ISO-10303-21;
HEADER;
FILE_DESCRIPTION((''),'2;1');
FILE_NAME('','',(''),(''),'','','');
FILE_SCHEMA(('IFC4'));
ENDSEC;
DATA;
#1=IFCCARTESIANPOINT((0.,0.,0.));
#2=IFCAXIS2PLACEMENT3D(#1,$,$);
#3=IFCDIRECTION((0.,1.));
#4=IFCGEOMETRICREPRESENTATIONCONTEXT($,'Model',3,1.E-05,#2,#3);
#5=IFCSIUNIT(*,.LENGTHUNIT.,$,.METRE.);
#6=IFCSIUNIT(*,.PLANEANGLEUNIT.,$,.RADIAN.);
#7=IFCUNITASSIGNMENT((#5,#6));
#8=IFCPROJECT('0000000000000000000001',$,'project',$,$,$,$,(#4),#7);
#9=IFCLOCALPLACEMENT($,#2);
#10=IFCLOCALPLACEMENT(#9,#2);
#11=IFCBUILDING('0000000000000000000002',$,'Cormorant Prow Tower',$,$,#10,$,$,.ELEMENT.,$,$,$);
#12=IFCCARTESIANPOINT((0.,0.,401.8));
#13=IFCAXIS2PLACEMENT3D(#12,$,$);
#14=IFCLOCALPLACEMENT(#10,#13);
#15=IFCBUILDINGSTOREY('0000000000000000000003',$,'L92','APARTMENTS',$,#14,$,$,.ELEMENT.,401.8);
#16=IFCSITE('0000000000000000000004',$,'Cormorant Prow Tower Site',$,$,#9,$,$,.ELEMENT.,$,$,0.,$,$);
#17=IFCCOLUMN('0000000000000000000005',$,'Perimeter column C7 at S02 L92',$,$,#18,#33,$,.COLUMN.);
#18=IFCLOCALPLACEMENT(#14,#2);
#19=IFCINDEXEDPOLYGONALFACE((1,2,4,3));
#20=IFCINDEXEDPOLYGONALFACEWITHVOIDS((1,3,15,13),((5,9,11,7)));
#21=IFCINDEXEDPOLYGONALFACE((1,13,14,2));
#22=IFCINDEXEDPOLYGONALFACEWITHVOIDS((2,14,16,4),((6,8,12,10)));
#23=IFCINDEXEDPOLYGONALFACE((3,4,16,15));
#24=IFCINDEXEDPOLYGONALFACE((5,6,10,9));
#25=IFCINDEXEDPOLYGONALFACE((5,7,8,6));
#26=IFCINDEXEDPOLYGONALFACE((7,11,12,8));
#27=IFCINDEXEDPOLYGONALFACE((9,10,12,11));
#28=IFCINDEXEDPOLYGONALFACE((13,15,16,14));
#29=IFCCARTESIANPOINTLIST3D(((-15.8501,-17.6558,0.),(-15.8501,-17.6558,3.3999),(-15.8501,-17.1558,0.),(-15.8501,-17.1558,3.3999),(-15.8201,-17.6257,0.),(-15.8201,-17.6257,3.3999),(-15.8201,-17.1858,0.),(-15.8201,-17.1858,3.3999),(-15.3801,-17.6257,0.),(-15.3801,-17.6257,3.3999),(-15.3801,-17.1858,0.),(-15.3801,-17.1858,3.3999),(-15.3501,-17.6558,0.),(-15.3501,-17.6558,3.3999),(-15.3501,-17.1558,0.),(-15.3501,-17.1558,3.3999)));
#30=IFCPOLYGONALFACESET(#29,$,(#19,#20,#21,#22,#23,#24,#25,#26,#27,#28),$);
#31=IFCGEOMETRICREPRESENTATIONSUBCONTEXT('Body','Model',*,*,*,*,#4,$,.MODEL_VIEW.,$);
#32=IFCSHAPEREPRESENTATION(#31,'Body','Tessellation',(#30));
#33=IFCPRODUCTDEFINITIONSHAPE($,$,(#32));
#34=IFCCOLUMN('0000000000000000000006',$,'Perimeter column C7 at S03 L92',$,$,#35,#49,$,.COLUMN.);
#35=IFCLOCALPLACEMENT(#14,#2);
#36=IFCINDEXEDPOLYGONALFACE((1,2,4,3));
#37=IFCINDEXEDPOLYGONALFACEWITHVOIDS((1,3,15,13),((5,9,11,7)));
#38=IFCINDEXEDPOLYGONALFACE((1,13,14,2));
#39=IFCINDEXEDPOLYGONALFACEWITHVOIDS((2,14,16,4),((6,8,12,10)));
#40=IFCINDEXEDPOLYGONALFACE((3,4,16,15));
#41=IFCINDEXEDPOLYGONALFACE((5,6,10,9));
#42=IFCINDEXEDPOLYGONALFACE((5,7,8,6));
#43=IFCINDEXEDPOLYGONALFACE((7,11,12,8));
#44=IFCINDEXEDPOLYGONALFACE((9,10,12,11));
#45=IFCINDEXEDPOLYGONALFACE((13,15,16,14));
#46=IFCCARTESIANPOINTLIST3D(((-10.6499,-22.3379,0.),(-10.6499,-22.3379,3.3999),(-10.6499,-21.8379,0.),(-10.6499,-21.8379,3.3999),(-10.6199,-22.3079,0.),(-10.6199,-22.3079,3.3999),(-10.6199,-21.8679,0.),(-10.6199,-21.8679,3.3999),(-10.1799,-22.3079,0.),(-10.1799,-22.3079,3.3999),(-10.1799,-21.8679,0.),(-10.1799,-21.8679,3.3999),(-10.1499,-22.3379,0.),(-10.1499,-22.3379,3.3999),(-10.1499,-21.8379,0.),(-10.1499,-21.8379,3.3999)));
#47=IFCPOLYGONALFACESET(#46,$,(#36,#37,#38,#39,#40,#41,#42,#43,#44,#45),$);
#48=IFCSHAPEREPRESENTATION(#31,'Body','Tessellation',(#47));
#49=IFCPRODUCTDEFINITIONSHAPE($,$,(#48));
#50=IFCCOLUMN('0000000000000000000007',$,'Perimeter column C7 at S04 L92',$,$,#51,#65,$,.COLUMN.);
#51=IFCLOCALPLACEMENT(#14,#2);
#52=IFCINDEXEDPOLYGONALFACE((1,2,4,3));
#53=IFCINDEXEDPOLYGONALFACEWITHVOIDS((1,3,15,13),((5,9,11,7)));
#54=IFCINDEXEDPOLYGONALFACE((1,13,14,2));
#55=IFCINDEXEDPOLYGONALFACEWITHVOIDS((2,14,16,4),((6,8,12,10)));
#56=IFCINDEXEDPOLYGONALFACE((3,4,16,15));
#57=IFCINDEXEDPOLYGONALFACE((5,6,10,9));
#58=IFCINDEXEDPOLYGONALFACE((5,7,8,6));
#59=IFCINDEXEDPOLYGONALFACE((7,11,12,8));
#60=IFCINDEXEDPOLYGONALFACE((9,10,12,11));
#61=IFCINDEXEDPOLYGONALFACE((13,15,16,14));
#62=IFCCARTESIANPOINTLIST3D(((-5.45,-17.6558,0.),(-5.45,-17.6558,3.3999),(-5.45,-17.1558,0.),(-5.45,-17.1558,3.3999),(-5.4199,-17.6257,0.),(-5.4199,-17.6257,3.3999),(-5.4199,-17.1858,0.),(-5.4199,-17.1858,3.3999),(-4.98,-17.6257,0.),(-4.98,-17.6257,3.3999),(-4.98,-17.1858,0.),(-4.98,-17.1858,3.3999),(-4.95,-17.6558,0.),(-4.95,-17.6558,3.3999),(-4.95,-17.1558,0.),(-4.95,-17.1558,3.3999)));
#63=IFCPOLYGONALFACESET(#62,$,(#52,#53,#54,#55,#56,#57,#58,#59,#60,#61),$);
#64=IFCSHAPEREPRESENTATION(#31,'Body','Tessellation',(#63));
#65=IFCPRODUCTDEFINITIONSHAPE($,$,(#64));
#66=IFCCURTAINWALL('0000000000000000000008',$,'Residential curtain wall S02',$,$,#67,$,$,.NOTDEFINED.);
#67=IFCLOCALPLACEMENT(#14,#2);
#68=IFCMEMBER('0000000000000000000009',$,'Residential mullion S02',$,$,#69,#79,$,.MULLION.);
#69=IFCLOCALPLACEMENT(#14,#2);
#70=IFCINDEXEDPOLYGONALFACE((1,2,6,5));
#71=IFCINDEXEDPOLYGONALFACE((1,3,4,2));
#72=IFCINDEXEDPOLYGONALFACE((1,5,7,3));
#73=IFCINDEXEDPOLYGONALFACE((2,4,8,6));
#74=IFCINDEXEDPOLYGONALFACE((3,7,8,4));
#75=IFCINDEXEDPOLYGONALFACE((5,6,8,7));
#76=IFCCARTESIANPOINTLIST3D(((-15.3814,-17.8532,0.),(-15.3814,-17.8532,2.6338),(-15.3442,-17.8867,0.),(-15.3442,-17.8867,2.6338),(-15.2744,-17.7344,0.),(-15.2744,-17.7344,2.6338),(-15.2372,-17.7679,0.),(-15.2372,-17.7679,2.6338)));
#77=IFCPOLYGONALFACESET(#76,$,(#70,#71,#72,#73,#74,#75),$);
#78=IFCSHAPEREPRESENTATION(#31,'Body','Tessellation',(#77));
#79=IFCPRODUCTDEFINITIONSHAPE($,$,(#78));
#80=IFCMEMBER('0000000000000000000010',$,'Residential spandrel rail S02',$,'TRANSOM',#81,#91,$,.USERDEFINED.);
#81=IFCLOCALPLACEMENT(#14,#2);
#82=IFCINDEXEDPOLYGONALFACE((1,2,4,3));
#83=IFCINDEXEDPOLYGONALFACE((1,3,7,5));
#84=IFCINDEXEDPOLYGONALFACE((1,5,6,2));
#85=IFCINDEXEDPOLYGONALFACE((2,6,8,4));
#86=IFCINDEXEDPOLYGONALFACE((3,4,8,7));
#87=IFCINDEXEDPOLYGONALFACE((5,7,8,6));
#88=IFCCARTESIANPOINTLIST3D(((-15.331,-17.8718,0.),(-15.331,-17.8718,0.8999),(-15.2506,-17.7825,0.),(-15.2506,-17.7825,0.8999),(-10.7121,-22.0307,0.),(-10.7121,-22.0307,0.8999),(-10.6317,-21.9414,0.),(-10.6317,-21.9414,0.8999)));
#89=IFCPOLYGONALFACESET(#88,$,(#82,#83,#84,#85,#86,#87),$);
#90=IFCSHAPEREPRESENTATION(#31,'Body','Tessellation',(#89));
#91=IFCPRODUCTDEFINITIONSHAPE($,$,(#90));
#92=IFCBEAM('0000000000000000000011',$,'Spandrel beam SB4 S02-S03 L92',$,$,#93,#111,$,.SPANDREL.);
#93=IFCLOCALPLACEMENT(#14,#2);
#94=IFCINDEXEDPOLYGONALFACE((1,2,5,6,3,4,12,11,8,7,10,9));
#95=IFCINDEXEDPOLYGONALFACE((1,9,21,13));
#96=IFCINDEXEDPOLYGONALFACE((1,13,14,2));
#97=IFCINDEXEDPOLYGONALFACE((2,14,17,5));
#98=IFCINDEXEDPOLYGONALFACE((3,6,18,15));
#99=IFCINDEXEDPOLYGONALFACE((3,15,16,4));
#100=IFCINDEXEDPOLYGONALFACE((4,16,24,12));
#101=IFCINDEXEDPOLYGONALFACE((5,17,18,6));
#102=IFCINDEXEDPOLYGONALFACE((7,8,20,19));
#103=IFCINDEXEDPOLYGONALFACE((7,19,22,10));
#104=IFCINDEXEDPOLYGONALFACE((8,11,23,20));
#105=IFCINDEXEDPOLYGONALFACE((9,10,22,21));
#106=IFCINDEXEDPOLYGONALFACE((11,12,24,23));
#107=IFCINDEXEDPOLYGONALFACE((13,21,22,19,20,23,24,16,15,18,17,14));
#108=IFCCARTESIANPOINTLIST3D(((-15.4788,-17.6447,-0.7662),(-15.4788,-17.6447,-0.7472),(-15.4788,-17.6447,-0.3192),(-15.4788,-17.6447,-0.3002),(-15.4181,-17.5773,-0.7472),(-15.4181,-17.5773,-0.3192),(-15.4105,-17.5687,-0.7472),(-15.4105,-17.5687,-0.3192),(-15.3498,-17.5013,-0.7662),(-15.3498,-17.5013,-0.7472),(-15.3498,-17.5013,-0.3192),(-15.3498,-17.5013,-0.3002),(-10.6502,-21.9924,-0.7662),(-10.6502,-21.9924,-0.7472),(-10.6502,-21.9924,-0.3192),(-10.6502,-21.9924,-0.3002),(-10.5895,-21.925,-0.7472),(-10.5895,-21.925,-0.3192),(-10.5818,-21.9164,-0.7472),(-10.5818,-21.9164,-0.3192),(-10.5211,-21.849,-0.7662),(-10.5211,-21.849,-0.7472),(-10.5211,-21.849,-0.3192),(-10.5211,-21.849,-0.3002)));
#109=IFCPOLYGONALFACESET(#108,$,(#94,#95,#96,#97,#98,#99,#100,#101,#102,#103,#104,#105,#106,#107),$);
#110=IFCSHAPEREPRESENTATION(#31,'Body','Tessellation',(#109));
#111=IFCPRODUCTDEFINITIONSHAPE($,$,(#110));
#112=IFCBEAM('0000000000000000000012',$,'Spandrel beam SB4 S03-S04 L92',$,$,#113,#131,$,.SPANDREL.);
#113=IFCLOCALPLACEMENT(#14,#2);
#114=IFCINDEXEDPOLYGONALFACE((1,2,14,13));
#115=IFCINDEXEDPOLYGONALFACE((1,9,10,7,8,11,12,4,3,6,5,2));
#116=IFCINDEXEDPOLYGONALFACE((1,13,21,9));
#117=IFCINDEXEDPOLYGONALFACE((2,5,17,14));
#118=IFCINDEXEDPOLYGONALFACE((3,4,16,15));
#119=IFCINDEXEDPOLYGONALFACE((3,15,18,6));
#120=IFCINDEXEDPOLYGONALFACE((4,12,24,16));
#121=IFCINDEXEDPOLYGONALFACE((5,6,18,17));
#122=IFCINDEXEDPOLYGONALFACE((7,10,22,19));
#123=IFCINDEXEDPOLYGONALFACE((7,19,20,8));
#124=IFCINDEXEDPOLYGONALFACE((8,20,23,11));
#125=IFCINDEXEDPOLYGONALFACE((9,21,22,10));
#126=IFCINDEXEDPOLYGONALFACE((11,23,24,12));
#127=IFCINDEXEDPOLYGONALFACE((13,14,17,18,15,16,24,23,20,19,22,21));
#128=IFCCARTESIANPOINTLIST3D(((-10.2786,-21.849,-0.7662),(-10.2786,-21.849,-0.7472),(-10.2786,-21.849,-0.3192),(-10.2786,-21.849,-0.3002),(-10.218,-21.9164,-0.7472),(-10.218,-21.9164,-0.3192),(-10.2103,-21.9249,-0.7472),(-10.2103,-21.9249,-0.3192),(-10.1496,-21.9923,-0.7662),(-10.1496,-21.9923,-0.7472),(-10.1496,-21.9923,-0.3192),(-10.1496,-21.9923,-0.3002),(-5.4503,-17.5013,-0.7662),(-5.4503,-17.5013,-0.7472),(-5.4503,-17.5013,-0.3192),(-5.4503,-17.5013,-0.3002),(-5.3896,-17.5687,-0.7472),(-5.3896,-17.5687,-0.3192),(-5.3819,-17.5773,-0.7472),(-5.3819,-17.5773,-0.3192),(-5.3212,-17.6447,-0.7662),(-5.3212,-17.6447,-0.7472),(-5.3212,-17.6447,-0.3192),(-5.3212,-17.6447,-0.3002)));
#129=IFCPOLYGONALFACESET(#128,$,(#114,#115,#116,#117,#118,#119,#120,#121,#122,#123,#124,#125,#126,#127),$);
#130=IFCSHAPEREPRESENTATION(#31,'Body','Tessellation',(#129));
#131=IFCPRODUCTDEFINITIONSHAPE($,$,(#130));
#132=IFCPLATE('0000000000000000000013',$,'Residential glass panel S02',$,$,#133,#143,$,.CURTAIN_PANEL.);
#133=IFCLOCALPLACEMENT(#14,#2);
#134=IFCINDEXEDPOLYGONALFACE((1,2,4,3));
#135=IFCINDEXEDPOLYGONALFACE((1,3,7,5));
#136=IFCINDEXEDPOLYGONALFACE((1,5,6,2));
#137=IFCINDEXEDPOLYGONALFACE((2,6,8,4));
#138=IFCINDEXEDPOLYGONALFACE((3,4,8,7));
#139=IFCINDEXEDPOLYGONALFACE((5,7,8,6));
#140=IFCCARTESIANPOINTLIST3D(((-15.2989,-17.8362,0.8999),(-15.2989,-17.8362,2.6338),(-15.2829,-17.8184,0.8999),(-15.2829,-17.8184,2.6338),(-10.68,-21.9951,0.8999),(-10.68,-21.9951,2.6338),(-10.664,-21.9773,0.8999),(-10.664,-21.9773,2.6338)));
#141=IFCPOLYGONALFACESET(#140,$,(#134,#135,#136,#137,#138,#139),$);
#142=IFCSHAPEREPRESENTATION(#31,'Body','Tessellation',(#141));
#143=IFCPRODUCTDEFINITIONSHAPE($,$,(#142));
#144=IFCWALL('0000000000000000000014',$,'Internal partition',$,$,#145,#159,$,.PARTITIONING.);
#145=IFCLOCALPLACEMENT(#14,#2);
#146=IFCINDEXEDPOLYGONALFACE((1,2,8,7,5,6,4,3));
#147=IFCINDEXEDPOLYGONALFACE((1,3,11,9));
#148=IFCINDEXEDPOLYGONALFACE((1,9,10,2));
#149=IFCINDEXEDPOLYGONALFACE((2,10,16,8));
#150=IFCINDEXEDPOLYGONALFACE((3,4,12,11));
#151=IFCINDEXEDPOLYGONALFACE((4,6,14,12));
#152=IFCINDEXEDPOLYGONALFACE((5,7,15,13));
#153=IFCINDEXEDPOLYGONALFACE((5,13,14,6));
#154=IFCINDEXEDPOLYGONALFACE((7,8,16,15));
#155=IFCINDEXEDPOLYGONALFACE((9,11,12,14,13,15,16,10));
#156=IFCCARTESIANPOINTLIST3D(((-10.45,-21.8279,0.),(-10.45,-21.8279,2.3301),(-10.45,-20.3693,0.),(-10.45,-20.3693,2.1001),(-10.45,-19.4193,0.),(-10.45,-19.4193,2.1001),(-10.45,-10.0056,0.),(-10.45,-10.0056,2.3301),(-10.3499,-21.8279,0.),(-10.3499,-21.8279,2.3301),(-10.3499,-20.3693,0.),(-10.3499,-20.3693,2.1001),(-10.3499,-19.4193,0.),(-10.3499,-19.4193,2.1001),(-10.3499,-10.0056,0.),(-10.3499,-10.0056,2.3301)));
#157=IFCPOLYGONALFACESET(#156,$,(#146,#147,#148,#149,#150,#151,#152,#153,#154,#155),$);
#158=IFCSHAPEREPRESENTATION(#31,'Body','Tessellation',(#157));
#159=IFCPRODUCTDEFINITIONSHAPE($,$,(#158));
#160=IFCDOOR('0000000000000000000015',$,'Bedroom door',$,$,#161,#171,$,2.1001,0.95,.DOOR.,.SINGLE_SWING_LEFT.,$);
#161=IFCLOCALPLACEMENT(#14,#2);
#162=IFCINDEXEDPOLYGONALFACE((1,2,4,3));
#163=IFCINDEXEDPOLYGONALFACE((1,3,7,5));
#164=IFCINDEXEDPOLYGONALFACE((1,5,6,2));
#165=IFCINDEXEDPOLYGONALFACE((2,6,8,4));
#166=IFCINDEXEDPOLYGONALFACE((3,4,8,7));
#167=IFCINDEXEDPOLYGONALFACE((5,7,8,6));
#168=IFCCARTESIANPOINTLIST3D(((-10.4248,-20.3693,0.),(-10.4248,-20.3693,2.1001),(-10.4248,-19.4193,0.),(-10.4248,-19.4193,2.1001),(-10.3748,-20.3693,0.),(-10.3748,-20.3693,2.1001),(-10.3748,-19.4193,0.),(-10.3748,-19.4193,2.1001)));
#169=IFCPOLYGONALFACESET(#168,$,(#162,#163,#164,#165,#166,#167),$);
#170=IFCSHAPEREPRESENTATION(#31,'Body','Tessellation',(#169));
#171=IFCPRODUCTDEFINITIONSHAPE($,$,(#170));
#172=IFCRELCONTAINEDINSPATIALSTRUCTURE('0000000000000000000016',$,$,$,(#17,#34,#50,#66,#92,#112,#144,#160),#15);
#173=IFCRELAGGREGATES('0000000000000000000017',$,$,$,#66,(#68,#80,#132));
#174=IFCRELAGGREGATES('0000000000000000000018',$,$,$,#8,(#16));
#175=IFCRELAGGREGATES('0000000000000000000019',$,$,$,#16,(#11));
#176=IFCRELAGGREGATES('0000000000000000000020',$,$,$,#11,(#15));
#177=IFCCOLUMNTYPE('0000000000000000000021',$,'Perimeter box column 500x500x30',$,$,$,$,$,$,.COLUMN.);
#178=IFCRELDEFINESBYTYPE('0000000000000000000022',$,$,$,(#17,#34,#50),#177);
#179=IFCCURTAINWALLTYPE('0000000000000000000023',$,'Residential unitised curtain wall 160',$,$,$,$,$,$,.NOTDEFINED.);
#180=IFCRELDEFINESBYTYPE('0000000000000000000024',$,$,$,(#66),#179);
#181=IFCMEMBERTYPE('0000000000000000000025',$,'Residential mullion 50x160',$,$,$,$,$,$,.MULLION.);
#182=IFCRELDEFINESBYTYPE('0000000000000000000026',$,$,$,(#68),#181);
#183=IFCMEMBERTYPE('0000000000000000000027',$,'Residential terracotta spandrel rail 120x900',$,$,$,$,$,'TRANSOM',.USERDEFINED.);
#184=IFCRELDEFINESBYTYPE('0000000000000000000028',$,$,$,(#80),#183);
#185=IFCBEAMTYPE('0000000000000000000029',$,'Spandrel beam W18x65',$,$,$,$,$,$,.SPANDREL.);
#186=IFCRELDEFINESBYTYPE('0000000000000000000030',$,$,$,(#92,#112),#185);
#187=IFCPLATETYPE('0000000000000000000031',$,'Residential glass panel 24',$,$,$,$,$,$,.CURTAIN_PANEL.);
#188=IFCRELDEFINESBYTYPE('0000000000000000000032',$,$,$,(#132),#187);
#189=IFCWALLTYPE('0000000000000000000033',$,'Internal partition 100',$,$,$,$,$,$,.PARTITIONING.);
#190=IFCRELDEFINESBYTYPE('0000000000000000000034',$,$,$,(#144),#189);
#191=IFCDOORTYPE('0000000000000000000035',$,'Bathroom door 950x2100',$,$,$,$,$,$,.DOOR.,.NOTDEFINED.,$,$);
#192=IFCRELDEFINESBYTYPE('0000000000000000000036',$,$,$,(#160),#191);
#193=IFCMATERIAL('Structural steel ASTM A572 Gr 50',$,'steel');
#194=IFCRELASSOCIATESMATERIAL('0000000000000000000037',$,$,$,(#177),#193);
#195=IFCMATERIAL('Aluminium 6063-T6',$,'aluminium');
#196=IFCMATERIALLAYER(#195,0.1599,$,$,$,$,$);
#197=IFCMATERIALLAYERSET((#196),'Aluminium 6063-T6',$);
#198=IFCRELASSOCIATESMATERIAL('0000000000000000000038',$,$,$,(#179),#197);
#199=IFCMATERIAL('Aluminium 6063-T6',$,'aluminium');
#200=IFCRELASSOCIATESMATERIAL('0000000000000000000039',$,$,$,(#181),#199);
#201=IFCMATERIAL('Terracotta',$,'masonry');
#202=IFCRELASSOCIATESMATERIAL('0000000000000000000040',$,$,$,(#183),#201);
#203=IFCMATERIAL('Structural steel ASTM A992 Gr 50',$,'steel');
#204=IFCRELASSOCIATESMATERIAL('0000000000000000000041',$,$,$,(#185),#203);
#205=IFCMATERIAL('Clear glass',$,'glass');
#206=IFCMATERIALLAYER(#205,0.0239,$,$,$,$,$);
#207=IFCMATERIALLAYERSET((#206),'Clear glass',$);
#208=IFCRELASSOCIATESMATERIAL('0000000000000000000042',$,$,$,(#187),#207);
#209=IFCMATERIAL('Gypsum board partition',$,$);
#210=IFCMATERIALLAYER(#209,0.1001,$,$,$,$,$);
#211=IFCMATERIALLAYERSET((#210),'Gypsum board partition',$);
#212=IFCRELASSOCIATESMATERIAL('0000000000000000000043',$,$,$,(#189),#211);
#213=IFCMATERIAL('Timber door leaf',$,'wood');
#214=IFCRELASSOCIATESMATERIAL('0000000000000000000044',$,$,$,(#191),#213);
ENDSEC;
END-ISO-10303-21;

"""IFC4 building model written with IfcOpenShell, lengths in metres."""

from ifc_helpers import new_model, si_unit, direction, frame, frame_2d, origin, origin_2d, place, context, subcontext, project, spatial, rectangle, hollow_rectangle, i_section, extrude, material, layer, layer_set, material_profile, profile_set, type_object, element, fill, aggregate, save


model = new_model("IFC4")

# Units and contexts
model_context = context("Model", 3, precision=1e-05, world=origin(), true_north=direction((0.0, 1.0)))
body_context = subcontext(model_context, "Body", "Model", "MODEL_VIEW")
ifc_project = project(units=[si_unit("LENGTHUNIT", "METRE"), si_unit("PLANEANGLEUNIT", "RADIAN")], contexts=[model_context])

# Site, building, storey
site_placement = place(None, origin())
site = spatial("IfcSite", under=ifc_project, at=site_placement, Name="Cormorant Prow Tower Site", CompositionType="ELEMENT", RefElevation=0.0)
building_placement = place(site_placement, origin())
building = spatial("IfcBuilding", under=site, at=building_placement, Name="Cormorant Prow Tower", CompositionType="ELEMENT")
storey_placement = place(building_placement, frame((0.0, 0.0, 401.8)))
storey = spatial("IfcBuildingStorey", under=building, at=storey_placement, Name="L92", Description="APARTMENTS", CompositionType="ELEMENT", Elevation=401.8)

# Columns
ifc_material_1 = material(Name="Structural steel ASTM A572 Gr 50", Category="steel")
ifc_material_profile_1 = material_profile(ifc_material_1, hollow_rectangle(XDim=0.5, YDim=0.5, WallThickness=0.03, at=origin_2d()), Name="Box 500x500x30")
ifc_profile_set_1 = profile_set([ifc_material_profile_1], Name="Structural steel ASTM A572 Gr 50")
column_type = type_object("IfcColumnType", Name="Perimeter box column 500x500x30", PredefinedType="COLUMN", material=ifc_profile_set_1)
for number, where, z_axis, x_axis, name in (
    (1, (-15.6001, -17.4058, 0.0), (0.0, 0.0, 1.0), (1.0, 0.0, 0.0), "Perimeter column C7 at S02 L92"),
    (2, (-10.3999, -22.0879, 0.0), (0.0, 0.0, 1.0), (1.0, 0.0, 0.0), "Perimeter column C7 at S03 L92"),
    (3, (-5.2, -17.4058, 0.0), (0.0, 0.0, 1.0), (1.0, 0.0, 0.0), "Perimeter column C7 at S04 L92"),
):
    element("IfcColumn", number, at=place(storey_placement, frame(where, z_axis=z_axis, x_axis=x_axis)), inside=storey, type_object=column_type, Name=name, PredefinedType="COLUMN", context=body_context, shape_type="SweptSolid", body=[
        extrude(hollow_rectangle(XDim=0.5, YDim=0.5, WallThickness=0.03, at=origin_2d()), origin(), (0.0, 0.0, 1.0), 3.3999),
    ])

# Curtain wall, members
ifc_material_2 = material(Name="Aluminium 6063-T6", Category="aluminium")
ifc_layer_1 = layer(ifc_material_2, 0.1599)
ifc_layer_set_1 = layer_set([ifc_layer_1], Name="Aluminium 6063-T6")
curtain_wall_type = type_object("IfcCurtainWallType", Name="Residential unitised curtain wall 160", PredefinedType="NOTDEFINED", material=ifc_layer_set_1)
curtain_wall_placement = place(storey_placement, origin())
curtain_wall = element("IfcCurtainWall", 4, at=curtain_wall_placement, inside=storey, type_object=curtain_wall_type, Name="Residential curtain wall S02", PredefinedType="NOTDEFINED")
ifc_material_3 = material(Name="Aluminium 6063-T6", Category="aluminium")
ifc_material_profile_2 = material_profile(ifc_material_3, rectangle(XDim=0.1599, YDim=0.05, at=origin_2d()), Name="Residential mullion 50x160")
ifc_profile_set_2 = profile_set([ifc_material_profile_2], Name="Aluminium 6063-T6")
member_type_1 = type_object("IfcMemberType", Name="Residential mullion 50x160", PredefinedType="MULLION", material=ifc_profile_set_2)
member_1_placement = place(storey_placement, frame((-15.3093, -17.8105, 0.0), z_axis=(0.0, 0.0, 1.0), x_axis=(0.669131, 0.743145, 0.0)))
member_1 = element("IfcMember", 5, at=member_1_placement, type_object=member_type_1, Name="Residential mullion S02", PredefinedType="MULLION", context=body_context, shape_type="SweptSolid", body=[
    extrude(rectangle(XDim=0.1599, YDim=0.05, at=origin_2d()), origin(), (0.0, 0.0, 1.0), 2.6338),
])
ifc_material_4 = material(Name="Terracotta", Category="masonry")
ifc_material_profile_3 = material_profile(ifc_material_4, rectangle(XDim=0.1201, YDim=0.8999, at=origin_2d()), Name="Residential terracotta spandrel rail 120x900")
ifc_profile_set_3 = profile_set([ifc_material_profile_3], Name="Terracotta")
member_type_2 = type_object("IfcMemberType", Name="Residential terracotta spandrel rail 120x900", ElementType="TRANSOM", PredefinedType="USERDEFINED", material=ifc_profile_set_3)
member_2_placement = place(storey_placement, frame((-15.2908, -17.8271, 0.45), z_axis=(0.74314, -0.669136, 0.0), x_axis=(0.669136, 0.74314, 0.0)))
member_2 = element("IfcMember", 6, at=member_2_placement, type_object=member_type_2, Name="Residential spandrel rail S02", ObjectType="TRANSOM", PredefinedType="USERDEFINED", context=body_context, shape_type="SweptSolid", body=[
    extrude(rectangle(XDim=0.1201, YDim=0.8999, at=origin_2d()), origin(), (0.0, 0.0, 1.0), 6.2153),
])

# Beams
ifc_material_5 = material(Name="Structural steel ASTM A992 Gr 50", Category="steel")
ifc_material_profile_4 = material_profile(ifc_material_5, i_section(OverallWidth=0.1929, OverallDepth=0.4661, WebThickness=0.0115, FlangeThickness=0.019, at=origin_2d()), Name="W18x65")
ifc_profile_set_4 = profile_set([ifc_material_profile_4], Name="Structural steel ASTM A992 Gr 50")
beam_type = type_object("IfcBeamType", Name="Spandrel beam W18x65", PredefinedType="SPANDREL", material=ifc_profile_set_4)
beam_1_placement = place(storey_placement, frame((-15.4143, -17.573, -0.5332), z_axis=(0.743148, -0.669127, 0.0), x_axis=(0.669127, 0.743148, 0.0)))
element("IfcBeam", 7, at=beam_1_placement, inside=storey, type_object=beam_type, Name="Spandrel beam SB4 S02-S03 L92", PredefinedType="SPANDREL", context=body_context, shape_type="SweptSolid", body=[
    extrude(i_section(OverallWidth=0.1929, OverallDepth=0.4661, WebThickness=0.0115, FlangeThickness=0.019, at=origin_2d()), origin(), (0.0, 0.0, 1.0), 6.4976),
])
beam_2_placement = place(storey_placement, frame((-10.2141, -21.9207, -0.5332), z_axis=(0.743132, 0.669145, 0.0), x_axis=(-0.669145, 0.743132, 0.0)))
element("IfcBeam", 8, at=beam_2_placement, inside=storey, type_object=beam_type, Name="Spandrel beam SB4 S03-S04 L92", PredefinedType="SPANDREL", context=body_context, shape_type="SweptSolid", body=[
    extrude(i_section(OverallWidth=0.1929, OverallDepth=0.4661, WebThickness=0.0115, FlangeThickness=0.019, at=origin_2d()), origin(), (0.0, 0.0, 1.0), 6.4973),
])

# Plate
ifc_material_6 = material(Name="Clear glass", Category="glass")
ifc_layer_2 = layer(ifc_material_6, 0.0239)
ifc_layer_set_2 = layer_set([ifc_layer_2], Name="Clear glass")
plate_type = type_object("IfcPlateType", Name="Residential glass panel 24", PredefinedType="CURTAIN_PANEL", material=ifc_layer_set_2)
plate_placement = place(storey_placement, frame((-12.9814, -19.9067, 0.8999), z_axis=(0.0, 0.0, 1.0), x_axis=(0.743145, -0.669131, 0.0)))
plate = element("IfcPlate", 9, at=plate_placement, type_object=plate_type, Name="Residential glass panel S02", PredefinedType="CURTAIN_PANEL", context=body_context, shape_type="SweptSolid", body=[
    extrude(rectangle(XDim=6.2153, YDim=0.0239, at=origin_2d()), origin(), (0.0, 0.0, 1.0), 1.7339),
])
aggregate(curtain_wall, [member_1, member_2, plate])

# Wall, opening, door
ifc_material_7 = material(Name="Gypsum board partition")
ifc_layer_3 = layer(ifc_material_7, 0.1001)
ifc_layer_set_3 = layer_set([ifc_layer_3], Name="Gypsum board partition")
wall_type_1 = type_object("IfcWallType", Name="Internal partition 100", PredefinedType="PARTITIONING", material=ifc_layer_set_3)
wall_1_placement = place(storey_placement, frame((-10.3999, -21.8279, 0.0), z_axis=(0.0, 0.0, 1.0), x_axis=(0.0, 1.0, 0.0)))
wall_1 = element("IfcWall", 10, at=wall_1_placement, inside=storey, type_object=wall_type_1, Name="Internal partition", PredefinedType="PARTITIONING", context=body_context, shape_type="SweptSolid", body=[
    extrude(rectangle(XDim=11.8223, YDim=0.1001, at=frame_2d((5.9111, 0.0))), origin(), (0.0, 0.0, 1.0), 2.3301),
])
opening_1_placement = place(wall_1_placement, frame((1.4585, 0.0, 0.0)))
opening_1 = element("IfcOpeningElement", 11, at=opening_1_placement, cuts=wall_1, PredefinedType="OPENING", context=body_context, shape_type="SweptSolid", body=[
    extrude(rectangle(XDim=0.95, YDim=2.1001, at=frame_2d((0.4751, 1.05))), frame((0.0, 0.0601, 0.0), z_axis=(0.0, -1.0, 0.0), x_axis=(1.0, 0.0, 0.0)), (0.0, 0.0, 1.0), 0.1201),
])
ifc_material_8 = material(Name="Timber door leaf", Category="wood")
door_type_1 = type_object("IfcDoorType", Name="Bathroom door 950x2100", OperationType="NOTDEFINED", PredefinedType="DOOR", material=ifc_material_8)
door_1_placement = place(opening_1_placement, origin())
door_1 = element("IfcDoor", 12, at=door_1_placement, inside=storey, type_object=door_type_1, Name="Bedroom door", OperationType="SINGLE_SWING_LEFT", OverallHeight=2.1001, OverallWidth=0.95, PredefinedType="DOOR", context=body_context, shape_type="SweptSolid", body=[
    extrude(rectangle(XDim=0.95, YDim=2.1001, at=frame_2d((0.4751, 1.05))), frame((0.0, 0.0249, 0.0), z_axis=(0.0, -1.0, 0.0), x_axis=(1.0, 0.0, 0.0)), (0.0, 0.0, 1.0), 0.05),
])
fill(opening_1, door_1)

save(model, "model.ifc")
